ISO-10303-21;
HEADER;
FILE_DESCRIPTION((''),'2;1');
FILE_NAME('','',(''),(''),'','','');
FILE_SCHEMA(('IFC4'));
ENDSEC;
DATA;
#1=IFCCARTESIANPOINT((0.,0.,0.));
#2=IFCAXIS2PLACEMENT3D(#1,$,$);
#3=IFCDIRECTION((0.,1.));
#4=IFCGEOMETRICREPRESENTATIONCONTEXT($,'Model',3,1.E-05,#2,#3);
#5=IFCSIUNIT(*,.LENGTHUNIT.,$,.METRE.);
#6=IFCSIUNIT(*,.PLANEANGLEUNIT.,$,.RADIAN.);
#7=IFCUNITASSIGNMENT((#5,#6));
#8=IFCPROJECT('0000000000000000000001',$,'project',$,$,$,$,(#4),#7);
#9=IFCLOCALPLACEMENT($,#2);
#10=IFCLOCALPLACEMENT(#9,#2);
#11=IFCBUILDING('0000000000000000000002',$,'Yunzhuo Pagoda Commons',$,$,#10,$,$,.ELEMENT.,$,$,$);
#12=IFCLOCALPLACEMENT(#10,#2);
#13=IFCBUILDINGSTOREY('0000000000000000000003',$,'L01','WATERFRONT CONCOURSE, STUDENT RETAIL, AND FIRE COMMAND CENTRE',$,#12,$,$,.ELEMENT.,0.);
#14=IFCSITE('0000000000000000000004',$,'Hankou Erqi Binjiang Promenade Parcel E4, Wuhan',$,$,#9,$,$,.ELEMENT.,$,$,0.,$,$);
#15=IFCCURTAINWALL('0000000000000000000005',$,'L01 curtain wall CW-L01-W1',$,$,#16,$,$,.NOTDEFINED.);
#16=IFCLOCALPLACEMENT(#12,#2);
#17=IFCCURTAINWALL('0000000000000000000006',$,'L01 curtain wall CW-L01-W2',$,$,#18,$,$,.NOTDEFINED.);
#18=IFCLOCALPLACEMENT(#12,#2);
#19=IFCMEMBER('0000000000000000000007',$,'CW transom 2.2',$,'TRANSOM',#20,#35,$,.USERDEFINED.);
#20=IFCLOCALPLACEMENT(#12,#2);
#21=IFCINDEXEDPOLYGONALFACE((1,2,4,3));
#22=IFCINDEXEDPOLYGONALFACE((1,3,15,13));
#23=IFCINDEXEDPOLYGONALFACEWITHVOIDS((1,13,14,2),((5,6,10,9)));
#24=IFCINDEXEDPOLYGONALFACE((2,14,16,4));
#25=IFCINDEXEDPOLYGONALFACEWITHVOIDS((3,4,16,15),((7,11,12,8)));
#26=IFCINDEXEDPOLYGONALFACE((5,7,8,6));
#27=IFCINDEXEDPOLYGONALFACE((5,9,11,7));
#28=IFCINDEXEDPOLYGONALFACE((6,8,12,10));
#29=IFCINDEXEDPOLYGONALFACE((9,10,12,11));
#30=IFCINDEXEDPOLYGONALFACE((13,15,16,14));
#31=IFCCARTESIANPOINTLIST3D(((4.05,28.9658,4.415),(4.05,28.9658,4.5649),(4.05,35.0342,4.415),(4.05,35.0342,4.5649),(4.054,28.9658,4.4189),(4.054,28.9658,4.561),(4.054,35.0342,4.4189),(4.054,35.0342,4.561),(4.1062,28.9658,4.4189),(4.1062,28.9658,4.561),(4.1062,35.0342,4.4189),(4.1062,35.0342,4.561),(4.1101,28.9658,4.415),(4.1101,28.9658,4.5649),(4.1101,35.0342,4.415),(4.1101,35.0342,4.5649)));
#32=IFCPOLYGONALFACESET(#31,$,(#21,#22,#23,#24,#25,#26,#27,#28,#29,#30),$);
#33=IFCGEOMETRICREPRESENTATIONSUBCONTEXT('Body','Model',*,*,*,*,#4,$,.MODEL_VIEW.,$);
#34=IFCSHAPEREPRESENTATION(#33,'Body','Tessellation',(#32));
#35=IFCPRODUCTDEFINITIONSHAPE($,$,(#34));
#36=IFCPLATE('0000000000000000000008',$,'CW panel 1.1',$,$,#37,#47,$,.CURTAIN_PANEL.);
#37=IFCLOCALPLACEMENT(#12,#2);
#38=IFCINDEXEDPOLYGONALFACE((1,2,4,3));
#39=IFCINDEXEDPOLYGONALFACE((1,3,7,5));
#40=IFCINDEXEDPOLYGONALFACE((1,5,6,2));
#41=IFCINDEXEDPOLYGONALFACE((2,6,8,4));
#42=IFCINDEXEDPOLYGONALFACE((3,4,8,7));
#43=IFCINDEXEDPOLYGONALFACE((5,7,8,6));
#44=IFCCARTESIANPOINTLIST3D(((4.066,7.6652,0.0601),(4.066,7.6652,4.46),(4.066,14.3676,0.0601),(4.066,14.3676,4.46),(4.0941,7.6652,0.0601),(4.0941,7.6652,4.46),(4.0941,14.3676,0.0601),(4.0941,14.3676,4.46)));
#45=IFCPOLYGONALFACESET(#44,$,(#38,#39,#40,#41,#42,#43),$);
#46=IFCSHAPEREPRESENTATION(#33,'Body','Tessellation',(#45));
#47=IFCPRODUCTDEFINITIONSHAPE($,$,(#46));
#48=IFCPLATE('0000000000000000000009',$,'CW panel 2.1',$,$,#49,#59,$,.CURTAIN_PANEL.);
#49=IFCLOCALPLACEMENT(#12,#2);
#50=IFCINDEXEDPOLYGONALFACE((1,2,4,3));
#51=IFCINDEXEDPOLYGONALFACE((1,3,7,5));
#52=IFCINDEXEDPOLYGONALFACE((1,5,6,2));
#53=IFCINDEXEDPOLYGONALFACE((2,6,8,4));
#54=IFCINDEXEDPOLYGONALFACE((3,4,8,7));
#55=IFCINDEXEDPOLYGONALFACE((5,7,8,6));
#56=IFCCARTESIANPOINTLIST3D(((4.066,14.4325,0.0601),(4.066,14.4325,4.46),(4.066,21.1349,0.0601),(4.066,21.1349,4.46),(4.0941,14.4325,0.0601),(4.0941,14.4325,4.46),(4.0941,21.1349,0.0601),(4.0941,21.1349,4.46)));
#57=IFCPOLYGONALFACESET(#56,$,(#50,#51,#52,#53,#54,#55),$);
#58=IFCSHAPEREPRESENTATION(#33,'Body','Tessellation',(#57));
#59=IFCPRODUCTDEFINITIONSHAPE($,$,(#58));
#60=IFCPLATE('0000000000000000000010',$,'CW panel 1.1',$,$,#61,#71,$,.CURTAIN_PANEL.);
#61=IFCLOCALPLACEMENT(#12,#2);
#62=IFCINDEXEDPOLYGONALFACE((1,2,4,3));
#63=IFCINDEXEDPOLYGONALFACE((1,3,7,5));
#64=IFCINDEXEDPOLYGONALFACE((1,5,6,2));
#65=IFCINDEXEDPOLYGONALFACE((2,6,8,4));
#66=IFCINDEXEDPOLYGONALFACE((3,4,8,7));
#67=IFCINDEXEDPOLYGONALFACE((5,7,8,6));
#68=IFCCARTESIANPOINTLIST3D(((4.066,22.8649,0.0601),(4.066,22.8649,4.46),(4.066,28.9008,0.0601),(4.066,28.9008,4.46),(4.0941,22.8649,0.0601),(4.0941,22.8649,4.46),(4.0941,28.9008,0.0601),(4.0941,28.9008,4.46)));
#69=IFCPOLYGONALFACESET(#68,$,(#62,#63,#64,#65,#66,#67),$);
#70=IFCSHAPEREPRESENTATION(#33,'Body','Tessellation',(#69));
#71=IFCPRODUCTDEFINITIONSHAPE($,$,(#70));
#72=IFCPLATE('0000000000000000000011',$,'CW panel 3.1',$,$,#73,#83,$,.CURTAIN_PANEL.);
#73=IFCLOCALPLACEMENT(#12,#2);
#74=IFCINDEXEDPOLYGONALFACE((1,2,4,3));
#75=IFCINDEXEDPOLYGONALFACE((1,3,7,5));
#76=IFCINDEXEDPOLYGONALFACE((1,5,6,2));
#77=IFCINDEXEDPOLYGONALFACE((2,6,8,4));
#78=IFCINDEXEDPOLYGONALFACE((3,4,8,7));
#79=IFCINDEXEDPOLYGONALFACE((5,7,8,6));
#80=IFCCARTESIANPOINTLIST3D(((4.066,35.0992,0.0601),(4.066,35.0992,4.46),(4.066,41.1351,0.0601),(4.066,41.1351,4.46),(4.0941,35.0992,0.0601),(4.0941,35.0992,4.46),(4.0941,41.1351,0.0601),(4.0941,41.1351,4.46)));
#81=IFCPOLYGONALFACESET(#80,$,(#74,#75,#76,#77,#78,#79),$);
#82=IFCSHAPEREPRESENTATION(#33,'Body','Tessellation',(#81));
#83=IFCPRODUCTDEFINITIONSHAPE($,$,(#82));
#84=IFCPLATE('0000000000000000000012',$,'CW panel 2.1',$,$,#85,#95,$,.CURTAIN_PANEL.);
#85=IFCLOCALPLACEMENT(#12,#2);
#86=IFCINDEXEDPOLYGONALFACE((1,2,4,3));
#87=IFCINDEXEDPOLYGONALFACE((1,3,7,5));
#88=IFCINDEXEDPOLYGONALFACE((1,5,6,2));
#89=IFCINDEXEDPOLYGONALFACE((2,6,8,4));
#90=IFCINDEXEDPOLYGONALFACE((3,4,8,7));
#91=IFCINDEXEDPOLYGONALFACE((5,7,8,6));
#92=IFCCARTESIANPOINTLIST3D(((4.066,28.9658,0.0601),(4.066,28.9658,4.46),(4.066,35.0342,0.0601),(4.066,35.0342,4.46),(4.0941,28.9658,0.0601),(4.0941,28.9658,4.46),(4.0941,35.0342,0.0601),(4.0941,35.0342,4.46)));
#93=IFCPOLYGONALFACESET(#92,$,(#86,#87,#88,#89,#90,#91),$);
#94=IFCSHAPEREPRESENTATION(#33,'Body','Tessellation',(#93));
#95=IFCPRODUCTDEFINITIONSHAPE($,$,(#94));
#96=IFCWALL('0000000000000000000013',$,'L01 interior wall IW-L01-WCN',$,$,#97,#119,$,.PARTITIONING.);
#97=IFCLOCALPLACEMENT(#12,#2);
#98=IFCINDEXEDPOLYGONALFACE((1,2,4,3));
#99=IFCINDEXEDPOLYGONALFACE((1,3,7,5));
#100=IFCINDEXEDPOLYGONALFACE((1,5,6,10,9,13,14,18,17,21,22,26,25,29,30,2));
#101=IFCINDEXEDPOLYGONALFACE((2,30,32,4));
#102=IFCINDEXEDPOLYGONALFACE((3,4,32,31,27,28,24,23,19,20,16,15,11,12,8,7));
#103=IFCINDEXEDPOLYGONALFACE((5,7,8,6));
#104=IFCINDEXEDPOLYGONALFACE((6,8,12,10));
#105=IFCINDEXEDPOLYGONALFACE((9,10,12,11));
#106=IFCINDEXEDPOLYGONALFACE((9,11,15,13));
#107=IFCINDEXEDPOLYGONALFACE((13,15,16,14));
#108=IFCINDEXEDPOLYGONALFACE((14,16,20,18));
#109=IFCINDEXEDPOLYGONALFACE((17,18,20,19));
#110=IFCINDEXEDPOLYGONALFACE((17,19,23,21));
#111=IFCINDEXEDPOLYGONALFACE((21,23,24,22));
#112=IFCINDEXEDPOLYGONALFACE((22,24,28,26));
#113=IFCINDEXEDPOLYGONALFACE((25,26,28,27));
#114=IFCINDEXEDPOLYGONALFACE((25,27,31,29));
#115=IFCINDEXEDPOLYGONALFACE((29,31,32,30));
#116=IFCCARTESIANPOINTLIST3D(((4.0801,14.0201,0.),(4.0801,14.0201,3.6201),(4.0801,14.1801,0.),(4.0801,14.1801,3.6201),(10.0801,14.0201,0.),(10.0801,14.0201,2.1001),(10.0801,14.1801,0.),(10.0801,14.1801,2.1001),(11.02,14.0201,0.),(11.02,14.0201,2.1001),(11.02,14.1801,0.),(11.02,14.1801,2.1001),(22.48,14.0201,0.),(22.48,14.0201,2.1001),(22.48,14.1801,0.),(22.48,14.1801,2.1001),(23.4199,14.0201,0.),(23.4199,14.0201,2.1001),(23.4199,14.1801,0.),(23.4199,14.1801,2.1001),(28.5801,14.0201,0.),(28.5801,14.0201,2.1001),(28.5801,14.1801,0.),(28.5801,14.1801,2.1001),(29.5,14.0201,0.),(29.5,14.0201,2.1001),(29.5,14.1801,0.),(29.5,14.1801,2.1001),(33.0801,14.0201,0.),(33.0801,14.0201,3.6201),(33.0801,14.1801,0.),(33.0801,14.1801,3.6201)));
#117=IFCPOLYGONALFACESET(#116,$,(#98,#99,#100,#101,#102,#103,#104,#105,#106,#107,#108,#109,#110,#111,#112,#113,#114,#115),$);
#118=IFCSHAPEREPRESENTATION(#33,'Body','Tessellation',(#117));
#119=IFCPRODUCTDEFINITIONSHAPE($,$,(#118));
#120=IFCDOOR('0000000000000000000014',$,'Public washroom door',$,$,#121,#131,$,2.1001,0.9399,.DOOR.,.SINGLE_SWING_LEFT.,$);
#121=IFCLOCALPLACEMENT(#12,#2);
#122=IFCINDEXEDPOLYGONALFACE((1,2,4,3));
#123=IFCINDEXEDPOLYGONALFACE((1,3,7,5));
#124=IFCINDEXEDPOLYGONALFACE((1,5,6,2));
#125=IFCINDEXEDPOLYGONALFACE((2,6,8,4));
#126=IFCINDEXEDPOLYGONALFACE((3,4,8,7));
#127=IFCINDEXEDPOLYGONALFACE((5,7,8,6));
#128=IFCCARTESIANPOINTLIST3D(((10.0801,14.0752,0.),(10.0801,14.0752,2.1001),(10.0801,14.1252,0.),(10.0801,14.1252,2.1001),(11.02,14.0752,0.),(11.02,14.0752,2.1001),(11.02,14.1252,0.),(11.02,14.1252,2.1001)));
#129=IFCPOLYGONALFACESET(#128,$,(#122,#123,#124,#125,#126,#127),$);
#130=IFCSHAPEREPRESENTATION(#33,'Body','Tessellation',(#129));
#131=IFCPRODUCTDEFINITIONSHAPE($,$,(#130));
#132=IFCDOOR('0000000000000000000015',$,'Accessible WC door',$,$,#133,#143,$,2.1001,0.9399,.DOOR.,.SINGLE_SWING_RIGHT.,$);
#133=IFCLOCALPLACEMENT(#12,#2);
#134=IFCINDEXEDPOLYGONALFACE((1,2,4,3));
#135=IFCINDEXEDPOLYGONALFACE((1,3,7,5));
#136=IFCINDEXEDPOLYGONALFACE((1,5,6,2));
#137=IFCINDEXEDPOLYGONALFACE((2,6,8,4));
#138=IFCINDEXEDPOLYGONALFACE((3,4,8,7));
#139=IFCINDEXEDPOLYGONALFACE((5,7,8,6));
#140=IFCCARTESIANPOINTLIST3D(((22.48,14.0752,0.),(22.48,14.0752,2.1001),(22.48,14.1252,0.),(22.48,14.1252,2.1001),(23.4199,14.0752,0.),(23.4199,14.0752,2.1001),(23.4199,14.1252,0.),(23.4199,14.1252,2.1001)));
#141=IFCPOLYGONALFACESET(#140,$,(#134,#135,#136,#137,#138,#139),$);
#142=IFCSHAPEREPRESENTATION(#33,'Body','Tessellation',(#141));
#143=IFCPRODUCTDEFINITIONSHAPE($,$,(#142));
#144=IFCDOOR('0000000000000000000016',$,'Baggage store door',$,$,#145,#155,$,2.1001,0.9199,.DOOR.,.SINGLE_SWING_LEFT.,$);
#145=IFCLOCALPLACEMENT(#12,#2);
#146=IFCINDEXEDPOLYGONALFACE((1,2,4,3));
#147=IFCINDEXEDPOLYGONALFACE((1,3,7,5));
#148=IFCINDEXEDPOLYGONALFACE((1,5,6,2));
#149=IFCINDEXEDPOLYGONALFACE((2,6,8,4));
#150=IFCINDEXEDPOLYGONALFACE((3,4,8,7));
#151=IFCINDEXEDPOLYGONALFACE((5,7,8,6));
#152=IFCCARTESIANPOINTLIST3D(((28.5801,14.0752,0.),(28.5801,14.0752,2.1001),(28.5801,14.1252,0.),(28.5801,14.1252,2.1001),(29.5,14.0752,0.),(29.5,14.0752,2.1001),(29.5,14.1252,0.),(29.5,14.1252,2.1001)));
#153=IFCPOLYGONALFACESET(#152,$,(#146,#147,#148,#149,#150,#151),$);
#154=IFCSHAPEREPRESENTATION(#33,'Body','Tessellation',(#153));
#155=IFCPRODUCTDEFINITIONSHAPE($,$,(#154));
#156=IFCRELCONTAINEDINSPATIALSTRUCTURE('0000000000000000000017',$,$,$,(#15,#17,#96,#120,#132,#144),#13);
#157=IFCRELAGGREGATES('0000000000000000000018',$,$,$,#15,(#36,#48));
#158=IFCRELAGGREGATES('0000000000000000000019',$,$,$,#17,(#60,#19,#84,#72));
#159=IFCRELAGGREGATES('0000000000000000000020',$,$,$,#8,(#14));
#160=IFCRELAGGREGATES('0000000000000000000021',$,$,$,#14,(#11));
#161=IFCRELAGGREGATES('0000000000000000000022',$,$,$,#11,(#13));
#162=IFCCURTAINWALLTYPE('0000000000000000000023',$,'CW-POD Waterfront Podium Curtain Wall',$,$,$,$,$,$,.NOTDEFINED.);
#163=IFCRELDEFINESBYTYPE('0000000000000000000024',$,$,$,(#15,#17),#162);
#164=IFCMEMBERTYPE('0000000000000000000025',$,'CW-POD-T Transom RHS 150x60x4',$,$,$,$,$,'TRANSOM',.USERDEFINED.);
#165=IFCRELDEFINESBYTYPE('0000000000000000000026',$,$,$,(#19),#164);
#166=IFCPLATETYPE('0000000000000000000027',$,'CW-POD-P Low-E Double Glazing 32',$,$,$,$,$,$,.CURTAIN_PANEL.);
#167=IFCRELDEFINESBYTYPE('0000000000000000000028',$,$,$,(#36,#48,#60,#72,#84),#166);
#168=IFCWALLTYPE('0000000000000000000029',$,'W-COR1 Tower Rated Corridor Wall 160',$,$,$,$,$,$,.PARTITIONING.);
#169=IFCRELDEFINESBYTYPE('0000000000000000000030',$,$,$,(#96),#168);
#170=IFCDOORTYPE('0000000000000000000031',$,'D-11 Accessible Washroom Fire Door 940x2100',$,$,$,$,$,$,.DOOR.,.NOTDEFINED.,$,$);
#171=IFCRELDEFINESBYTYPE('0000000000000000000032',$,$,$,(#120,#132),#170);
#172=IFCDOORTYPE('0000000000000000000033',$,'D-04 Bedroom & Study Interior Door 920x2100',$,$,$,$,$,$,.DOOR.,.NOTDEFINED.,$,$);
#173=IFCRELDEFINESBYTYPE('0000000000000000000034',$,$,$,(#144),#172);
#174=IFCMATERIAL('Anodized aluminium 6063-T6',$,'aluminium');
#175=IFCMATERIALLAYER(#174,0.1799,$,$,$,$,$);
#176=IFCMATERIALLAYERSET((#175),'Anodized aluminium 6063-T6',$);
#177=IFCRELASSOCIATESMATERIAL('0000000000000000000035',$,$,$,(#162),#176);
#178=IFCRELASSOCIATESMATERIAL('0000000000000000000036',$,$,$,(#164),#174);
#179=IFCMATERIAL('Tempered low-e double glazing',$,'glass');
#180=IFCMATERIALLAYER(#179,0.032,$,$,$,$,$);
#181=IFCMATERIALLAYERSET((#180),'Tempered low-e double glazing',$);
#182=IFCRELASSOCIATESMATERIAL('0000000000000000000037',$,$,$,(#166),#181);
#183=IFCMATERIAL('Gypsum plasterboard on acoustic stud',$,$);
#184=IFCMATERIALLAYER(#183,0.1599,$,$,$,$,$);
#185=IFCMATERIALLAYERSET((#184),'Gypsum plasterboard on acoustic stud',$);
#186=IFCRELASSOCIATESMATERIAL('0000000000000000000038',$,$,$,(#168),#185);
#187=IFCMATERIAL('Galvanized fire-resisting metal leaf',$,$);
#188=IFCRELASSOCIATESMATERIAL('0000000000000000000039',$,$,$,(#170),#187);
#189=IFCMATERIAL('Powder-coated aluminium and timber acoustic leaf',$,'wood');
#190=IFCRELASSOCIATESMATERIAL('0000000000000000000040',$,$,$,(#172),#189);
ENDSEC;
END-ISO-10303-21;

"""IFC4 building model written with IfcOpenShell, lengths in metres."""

from ifc_helpers import new_model, si_unit, direction, frame, frame_2d, origin, origin_2d, place, context, subcontext, project, spatial, rectangle, hollow_rectangle, extrude, source, transform, mapped, material, layer, layer_set, material_profile, profile_set, type_object, element, fill, aggregate, save


model = new_model("IFC4")

# Units and contexts
model_context = context("Model", 3, precision=1e-05, world=origin(), true_north=direction((0.0, 1.0)))
body_context = subcontext(model_context, "Body", "Model", "MODEL_VIEW")
ifc_project = project(units=[si_unit("LENGTHUNIT", "METRE"), si_unit("PLANEANGLEUNIT", "RADIAN")], contexts=[model_context])

# Site, building, storey
site_placement = place(None, origin())
site = spatial("IfcSite", under=ifc_project, at=site_placement, Name="Hankou Erqi Binjiang Promenade Parcel E4, Wuhan", CompositionType="ELEMENT", RefElevation=0.0)
building_placement = place(site_placement, origin())
building = spatial("IfcBuilding", under=site, at=building_placement, Name="Yunzhuo Pagoda Commons", CompositionType="ELEMENT")
storey_placement = place(building_placement, origin())
storey = spatial("IfcBuildingStorey", under=building, at=storey_placement, Name="L01", Description="WATERFRONT CONCOURSE, STUDENT RETAIL, AND FIRE COMMAND CENTRE", CompositionType="ELEMENT", Elevation=0.0)

# Curtain walls
ifc_material_1 = material(Name="Anodized aluminium 6063-T6", Category="aluminium")
ifc_layer_1 = layer(ifc_material_1, 0.1799)
ifc_layer_set_1 = layer_set([ifc_layer_1], Name="Anodized aluminium 6063-T6")
curtain_wall_type = type_object("IfcCurtainWallType", Name="CW-POD Waterfront Podium Curtain Wall", PredefinedType="NOTDEFINED", material=ifc_layer_set_1)
curtain_wall_1_placement = place(storey_placement, origin())
curtain_wall_1 = element("IfcCurtainWall", 1, at=curtain_wall_1_placement, inside=storey, type_object=curtain_wall_type, Name="L01 curtain wall CW-L01-W1", PredefinedType="NOTDEFINED")
curtain_wall_2_placement = place(storey_placement, origin())
curtain_wall_2 = element("IfcCurtainWall", 2, at=curtain_wall_2_placement, inside=storey, type_object=curtain_wall_type, Name="L01 curtain wall CW-L01-W2", PredefinedType="NOTDEFINED")

# Member
ifc_material_profile_1 = material_profile(ifc_material_1, hollow_rectangle(XDim=0.0601, YDim=0.1499, WallThickness=0.0039, at=origin_2d()), Name="Anodized aluminium 6063-T6")
ifc_profile_set_1 = profile_set([ifc_material_profile_1], Name="Anodized aluminium 6063-T6")
member_type_1 = type_object("IfcMemberType", Name="CW-POD-T Transom RHS 150x60x4", ElementType="TRANSOM", PredefinedType="USERDEFINED", material=ifc_profile_set_1)
shared_shape_1 = source(origin(), body_context, "Body", "SweptSolid", [
    extrude(hollow_rectangle(XDim=0.0601, YDim=0.1499, WallThickness=0.0039, at=origin_2d()), origin(), (0.0, 0.0, 1.0), 6.0684),
])
member_1_placement = place(storey_placement, frame((4.0801, 28.9658, 4.49), z_axis=(0.0, 1.0, 0.0), x_axis=(-1.0, 0.0, 0.0)))
member_1 = element("IfcMember", 3, at=member_1_placement, type_object=member_type_1, Name="CW transom 2.2", ObjectType="TRANSOM", PredefinedType="USERDEFINED", context=body_context, shape_type="MappedRepresentation", body=[
    mapped(shared_shape_1, transform((0.0, 0.0, 0.0), scale=1.0)),
])

# Plates
ifc_material_2 = material(Name="Tempered low-e double glazing", Category="glass")
ifc_layer_2 = layer(ifc_material_2, 0.032)
ifc_layer_set_2 = layer_set([ifc_layer_2], Name="Tempered low-e double glazing")
plate_type = type_object("IfcPlateType", Name="CW-POD-P Low-E Double Glazing 32", PredefinedType="CURTAIN_PANEL", material=ifc_layer_set_2)
shared_shape_2 = source(origin(), body_context, "Body", "SweptSolid", [
    extrude(rectangle(XDim=6.7024, YDim=0.0281, at=origin_2d()), origin(), (0.0, 0.0, 1.0), 4.3999),
])
plate_1_placement = place(storey_placement, frame((4.0801, 11.0164, 0.0601), z_axis=(0.0, 0.0, 1.0), x_axis=(0.0, 1.0, 0.0)))
plate_1 = element("IfcPlate", 4, at=plate_1_placement, type_object=plate_type, Name="CW panel 1.1", PredefinedType="CURTAIN_PANEL", context=body_context, shape_type="MappedRepresentation", body=[
    mapped(shared_shape_2, transform((0.0, 0.0, 0.0), scale=1.0)),
])
plate_2_placement = place(storey_placement, frame((4.0801, 17.7837, 0.0601), z_axis=(0.0, 0.0, 1.0), x_axis=(0.0, 1.0, 0.0)))
plate_2 = element("IfcPlate", 5, at=plate_2_placement, type_object=plate_type, Name="CW panel 2.1", PredefinedType="CURTAIN_PANEL", context=body_context, shape_type="MappedRepresentation", body=[
    mapped(shared_shape_2, transform((0.0, 0.0, 0.0), scale=1.0)),
])
aggregate(curtain_wall_1, [plate_1, plate_2])
shared_shape_3 = source(origin(), body_context, "Body", "SweptSolid", [
    extrude(rectangle(XDim=6.0359, YDim=0.0281, at=origin_2d()), origin(), (0.0, 0.0, 1.0), 4.3999),
])
plate_3_placement = place(storey_placement, frame((4.0801, 25.8828, 0.0601), z_axis=(0.0, 0.0, 1.0), x_axis=(0.0, 1.0, 0.0)))
plate_3 = element("IfcPlate", 6, at=plate_3_placement, type_object=plate_type, Name="CW panel 1.1", PredefinedType="CURTAIN_PANEL", context=body_context, shape_type="MappedRepresentation", body=[
    mapped(shared_shape_3, transform((0.0, 0.0, 0.0), scale=1.0)),
])
plate_4_placement = place(storey_placement, frame((4.0801, 38.1172, 0.0601), z_axis=(0.0, 0.0, 1.0), x_axis=(0.0, 1.0, 0.0)))
plate_4 = element("IfcPlate", 7, at=plate_4_placement, type_object=plate_type, Name="CW panel 3.1", PredefinedType="CURTAIN_PANEL", context=body_context, shape_type="MappedRepresentation", body=[
    mapped(shared_shape_3, transform((0.0, 0.0, 0.0), scale=1.0)),
])
shared_shape_4 = source(origin(), body_context, "Body", "SweptSolid", [
    extrude(rectangle(XDim=6.0684, YDim=0.0281, at=origin_2d()), origin(), (0.0, 0.0, 1.0), 4.3999),
])
plate_5_placement = place(storey_placement, frame((4.0801, 32.0, 0.0601), z_axis=(0.0, 0.0, 1.0), x_axis=(0.0, 1.0, 0.0)))
plate_5 = element("IfcPlate", 8, at=plate_5_placement, type_object=plate_type, Name="CW panel 2.1", PredefinedType="CURTAIN_PANEL", context=body_context, shape_type="MappedRepresentation", body=[
    mapped(shared_shape_4, transform((0.0, 0.0, 0.0), scale=1.0)),
])
aggregate(curtain_wall_2, [plate_3, member_1, plate_5, plate_4])

# Wall, openings, doors
ifc_material_3 = material(Name="Gypsum plasterboard on acoustic stud")
ifc_layer_3 = layer(ifc_material_3, 0.1599)
ifc_layer_set_3 = layer_set([ifc_layer_3], Name="Gypsum plasterboard on acoustic stud")
wall_type_1 = type_object("IfcWallType", Name="W-COR1 Tower Rated Corridor Wall 160", PredefinedType="PARTITIONING", material=ifc_layer_set_3)
wall_1_placement = place(storey_placement, frame((4.0801, 14.1001, 0.0), z_axis=(0.0, 0.0, 1.0), x_axis=(1.0, 0.0, 0.0)))
wall_1 = element("IfcWall", 9, at=wall_1_placement, inside=storey, type_object=wall_type_1, Name="L01 interior wall IW-L01-WCN", PredefinedType="PARTITIONING", context=body_context, shape_type="SweptSolid", body=[
    extrude(rectangle(XDim=29.0, YDim=0.1599, at=frame_2d((14.5, 0.0))), origin(), (0.0, 0.0, 1.0), 3.6201),
])
opening_1_placement = place(wall_1_placement, frame((6.0, 0.0, 0.0)))
opening_1 = element("IfcOpeningElement", 10, at=opening_1_placement, cuts=wall_1, PredefinedType="OPENING", context=body_context, shape_type="SweptSolid", body=[
    extrude(rectangle(XDim=0.9399, YDim=2.1001, at=frame_2d((0.47, 1.05))), frame((0.0, 0.0898, 0.0), z_axis=(0.0, -1.0, 0.0), x_axis=(1.0, 0.0, 0.0)), (0.0, 0.0, 1.0), 0.1799),
])
opening_2_placement = place(wall_1_placement, frame((18.3999, 0.0, 0.0)))
opening_2 = element("IfcOpeningElement", 11, at=opening_2_placement, cuts=wall_1, PredefinedType="OPENING", context=body_context, shape_type="SweptSolid", body=[
    extrude(rectangle(XDim=0.9399, YDim=2.1001, at=frame_2d((0.47, 1.05))), frame((0.0, 0.0898, 0.0), z_axis=(0.0, -1.0, 0.0), x_axis=(1.0, 0.0, 0.0)), (0.0, 0.0, 1.0), 0.1799),
])
opening_3_placement = place(wall_1_placement, frame((24.5, 0.0, 0.0)))
opening_3 = element("IfcOpeningElement", 12, at=opening_3_placement, cuts=wall_1, PredefinedType="OPENING", context=body_context, shape_type="SweptSolid", body=[
    extrude(rectangle(XDim=0.9199, YDim=2.1001, at=frame_2d((0.46, 1.05))), frame((0.0, 0.0898, 0.0), z_axis=(0.0, -1.0, 0.0), x_axis=(1.0, 0.0, 0.0)), (0.0, 0.0, 1.0), 0.1799),
])
ifc_material_4 = material(Name="Galvanized fire-resisting metal leaf")
door_type_1 = type_object("IfcDoorType", Name="D-11 Accessible Washroom Fire Door 940x2100", OperationType="NOTDEFINED", PredefinedType="DOOR", material=ifc_material_4)
shared_shape_5 = source(origin(), body_context, "Body", "SweptSolid", [
    extrude(rectangle(XDim=0.9399, YDim=2.1001, at=frame_2d((0.47, 1.05))), frame((0.0, 0.0249, 0.0), z_axis=(0.0, -1.0, 0.0), x_axis=(1.0, 0.0, 0.0)), (0.0, 0.0, 1.0), 0.05),
])
door_1_placement = place(opening_1_placement, frame((0.9399, 0.0, 0.0), z_axis=(0.0, 0.0, 1.0), x_axis=(-1.0, 0.0, 0.0)))
door_1 = element("IfcDoor", 13, at=door_1_placement, inside=storey, type_object=door_type_1, Name="Public washroom door", OperationType="SINGLE_SWING_LEFT", OverallHeight=2.1001, OverallWidth=0.9399, PredefinedType="DOOR", context=body_context, shape_type="MappedRepresentation", body=[
    mapped(shared_shape_5, transform((0.0, 0.0, 0.0), scale=1.0)),
])
fill(opening_1, door_1)
door_2_placement = place(opening_2_placement, frame((0.9399, 0.0, 0.0), z_axis=(0.0, 0.0, 1.0), x_axis=(-1.0, 0.0, 0.0)))
door_2 = element("IfcDoor", 14, at=door_2_placement, inside=storey, type_object=door_type_1, Name="Accessible WC door", OperationType="SINGLE_SWING_RIGHT", OverallHeight=2.1001, OverallWidth=0.9399, PredefinedType="DOOR", context=body_context, shape_type="MappedRepresentation", body=[
    mapped(shared_shape_5, transform((0.0, 0.0, 0.0), scale=1.0)),
])
fill(opening_2, door_2)
ifc_material_5 = material(Name="Powder-coated aluminium and timber acoustic leaf", Category="wood")
door_type_2 = type_object("IfcDoorType", Name="D-04 Bedroom & Study Interior Door 920x2100", OperationType="NOTDEFINED", PredefinedType="DOOR", material=ifc_material_5)
shared_shape_6 = source(origin(), body_context, "Body", "SweptSolid", [
    extrude(rectangle(XDim=0.9199, YDim=2.1001, at=frame_2d((0.46, 1.05))), frame((0.0, 0.0249, 0.0), z_axis=(0.0, -1.0, 0.0), x_axis=(1.0, 0.0, 0.0)), (0.0, 0.0, 1.0), 0.05),
])
door_3_placement = place(opening_3_placement, frame((0.9199, 0.0, 0.0), z_axis=(0.0, 0.0, 1.0), x_axis=(-1.0, 0.0, 0.0)))
door_3 = element("IfcDoor", 15, at=door_3_placement, inside=storey, type_object=door_type_2, Name="Baggage store door", OperationType="SINGLE_SWING_LEFT", OverallHeight=2.1001, OverallWidth=0.9199, PredefinedType="DOOR", context=body_context, shape_type="MappedRepresentation", body=[
    mapped(shared_shape_6, transform((0.0, 0.0, 0.0), scale=1.0)),
])
fill(opening_3, door_3)

save(model, "model.ifc")
